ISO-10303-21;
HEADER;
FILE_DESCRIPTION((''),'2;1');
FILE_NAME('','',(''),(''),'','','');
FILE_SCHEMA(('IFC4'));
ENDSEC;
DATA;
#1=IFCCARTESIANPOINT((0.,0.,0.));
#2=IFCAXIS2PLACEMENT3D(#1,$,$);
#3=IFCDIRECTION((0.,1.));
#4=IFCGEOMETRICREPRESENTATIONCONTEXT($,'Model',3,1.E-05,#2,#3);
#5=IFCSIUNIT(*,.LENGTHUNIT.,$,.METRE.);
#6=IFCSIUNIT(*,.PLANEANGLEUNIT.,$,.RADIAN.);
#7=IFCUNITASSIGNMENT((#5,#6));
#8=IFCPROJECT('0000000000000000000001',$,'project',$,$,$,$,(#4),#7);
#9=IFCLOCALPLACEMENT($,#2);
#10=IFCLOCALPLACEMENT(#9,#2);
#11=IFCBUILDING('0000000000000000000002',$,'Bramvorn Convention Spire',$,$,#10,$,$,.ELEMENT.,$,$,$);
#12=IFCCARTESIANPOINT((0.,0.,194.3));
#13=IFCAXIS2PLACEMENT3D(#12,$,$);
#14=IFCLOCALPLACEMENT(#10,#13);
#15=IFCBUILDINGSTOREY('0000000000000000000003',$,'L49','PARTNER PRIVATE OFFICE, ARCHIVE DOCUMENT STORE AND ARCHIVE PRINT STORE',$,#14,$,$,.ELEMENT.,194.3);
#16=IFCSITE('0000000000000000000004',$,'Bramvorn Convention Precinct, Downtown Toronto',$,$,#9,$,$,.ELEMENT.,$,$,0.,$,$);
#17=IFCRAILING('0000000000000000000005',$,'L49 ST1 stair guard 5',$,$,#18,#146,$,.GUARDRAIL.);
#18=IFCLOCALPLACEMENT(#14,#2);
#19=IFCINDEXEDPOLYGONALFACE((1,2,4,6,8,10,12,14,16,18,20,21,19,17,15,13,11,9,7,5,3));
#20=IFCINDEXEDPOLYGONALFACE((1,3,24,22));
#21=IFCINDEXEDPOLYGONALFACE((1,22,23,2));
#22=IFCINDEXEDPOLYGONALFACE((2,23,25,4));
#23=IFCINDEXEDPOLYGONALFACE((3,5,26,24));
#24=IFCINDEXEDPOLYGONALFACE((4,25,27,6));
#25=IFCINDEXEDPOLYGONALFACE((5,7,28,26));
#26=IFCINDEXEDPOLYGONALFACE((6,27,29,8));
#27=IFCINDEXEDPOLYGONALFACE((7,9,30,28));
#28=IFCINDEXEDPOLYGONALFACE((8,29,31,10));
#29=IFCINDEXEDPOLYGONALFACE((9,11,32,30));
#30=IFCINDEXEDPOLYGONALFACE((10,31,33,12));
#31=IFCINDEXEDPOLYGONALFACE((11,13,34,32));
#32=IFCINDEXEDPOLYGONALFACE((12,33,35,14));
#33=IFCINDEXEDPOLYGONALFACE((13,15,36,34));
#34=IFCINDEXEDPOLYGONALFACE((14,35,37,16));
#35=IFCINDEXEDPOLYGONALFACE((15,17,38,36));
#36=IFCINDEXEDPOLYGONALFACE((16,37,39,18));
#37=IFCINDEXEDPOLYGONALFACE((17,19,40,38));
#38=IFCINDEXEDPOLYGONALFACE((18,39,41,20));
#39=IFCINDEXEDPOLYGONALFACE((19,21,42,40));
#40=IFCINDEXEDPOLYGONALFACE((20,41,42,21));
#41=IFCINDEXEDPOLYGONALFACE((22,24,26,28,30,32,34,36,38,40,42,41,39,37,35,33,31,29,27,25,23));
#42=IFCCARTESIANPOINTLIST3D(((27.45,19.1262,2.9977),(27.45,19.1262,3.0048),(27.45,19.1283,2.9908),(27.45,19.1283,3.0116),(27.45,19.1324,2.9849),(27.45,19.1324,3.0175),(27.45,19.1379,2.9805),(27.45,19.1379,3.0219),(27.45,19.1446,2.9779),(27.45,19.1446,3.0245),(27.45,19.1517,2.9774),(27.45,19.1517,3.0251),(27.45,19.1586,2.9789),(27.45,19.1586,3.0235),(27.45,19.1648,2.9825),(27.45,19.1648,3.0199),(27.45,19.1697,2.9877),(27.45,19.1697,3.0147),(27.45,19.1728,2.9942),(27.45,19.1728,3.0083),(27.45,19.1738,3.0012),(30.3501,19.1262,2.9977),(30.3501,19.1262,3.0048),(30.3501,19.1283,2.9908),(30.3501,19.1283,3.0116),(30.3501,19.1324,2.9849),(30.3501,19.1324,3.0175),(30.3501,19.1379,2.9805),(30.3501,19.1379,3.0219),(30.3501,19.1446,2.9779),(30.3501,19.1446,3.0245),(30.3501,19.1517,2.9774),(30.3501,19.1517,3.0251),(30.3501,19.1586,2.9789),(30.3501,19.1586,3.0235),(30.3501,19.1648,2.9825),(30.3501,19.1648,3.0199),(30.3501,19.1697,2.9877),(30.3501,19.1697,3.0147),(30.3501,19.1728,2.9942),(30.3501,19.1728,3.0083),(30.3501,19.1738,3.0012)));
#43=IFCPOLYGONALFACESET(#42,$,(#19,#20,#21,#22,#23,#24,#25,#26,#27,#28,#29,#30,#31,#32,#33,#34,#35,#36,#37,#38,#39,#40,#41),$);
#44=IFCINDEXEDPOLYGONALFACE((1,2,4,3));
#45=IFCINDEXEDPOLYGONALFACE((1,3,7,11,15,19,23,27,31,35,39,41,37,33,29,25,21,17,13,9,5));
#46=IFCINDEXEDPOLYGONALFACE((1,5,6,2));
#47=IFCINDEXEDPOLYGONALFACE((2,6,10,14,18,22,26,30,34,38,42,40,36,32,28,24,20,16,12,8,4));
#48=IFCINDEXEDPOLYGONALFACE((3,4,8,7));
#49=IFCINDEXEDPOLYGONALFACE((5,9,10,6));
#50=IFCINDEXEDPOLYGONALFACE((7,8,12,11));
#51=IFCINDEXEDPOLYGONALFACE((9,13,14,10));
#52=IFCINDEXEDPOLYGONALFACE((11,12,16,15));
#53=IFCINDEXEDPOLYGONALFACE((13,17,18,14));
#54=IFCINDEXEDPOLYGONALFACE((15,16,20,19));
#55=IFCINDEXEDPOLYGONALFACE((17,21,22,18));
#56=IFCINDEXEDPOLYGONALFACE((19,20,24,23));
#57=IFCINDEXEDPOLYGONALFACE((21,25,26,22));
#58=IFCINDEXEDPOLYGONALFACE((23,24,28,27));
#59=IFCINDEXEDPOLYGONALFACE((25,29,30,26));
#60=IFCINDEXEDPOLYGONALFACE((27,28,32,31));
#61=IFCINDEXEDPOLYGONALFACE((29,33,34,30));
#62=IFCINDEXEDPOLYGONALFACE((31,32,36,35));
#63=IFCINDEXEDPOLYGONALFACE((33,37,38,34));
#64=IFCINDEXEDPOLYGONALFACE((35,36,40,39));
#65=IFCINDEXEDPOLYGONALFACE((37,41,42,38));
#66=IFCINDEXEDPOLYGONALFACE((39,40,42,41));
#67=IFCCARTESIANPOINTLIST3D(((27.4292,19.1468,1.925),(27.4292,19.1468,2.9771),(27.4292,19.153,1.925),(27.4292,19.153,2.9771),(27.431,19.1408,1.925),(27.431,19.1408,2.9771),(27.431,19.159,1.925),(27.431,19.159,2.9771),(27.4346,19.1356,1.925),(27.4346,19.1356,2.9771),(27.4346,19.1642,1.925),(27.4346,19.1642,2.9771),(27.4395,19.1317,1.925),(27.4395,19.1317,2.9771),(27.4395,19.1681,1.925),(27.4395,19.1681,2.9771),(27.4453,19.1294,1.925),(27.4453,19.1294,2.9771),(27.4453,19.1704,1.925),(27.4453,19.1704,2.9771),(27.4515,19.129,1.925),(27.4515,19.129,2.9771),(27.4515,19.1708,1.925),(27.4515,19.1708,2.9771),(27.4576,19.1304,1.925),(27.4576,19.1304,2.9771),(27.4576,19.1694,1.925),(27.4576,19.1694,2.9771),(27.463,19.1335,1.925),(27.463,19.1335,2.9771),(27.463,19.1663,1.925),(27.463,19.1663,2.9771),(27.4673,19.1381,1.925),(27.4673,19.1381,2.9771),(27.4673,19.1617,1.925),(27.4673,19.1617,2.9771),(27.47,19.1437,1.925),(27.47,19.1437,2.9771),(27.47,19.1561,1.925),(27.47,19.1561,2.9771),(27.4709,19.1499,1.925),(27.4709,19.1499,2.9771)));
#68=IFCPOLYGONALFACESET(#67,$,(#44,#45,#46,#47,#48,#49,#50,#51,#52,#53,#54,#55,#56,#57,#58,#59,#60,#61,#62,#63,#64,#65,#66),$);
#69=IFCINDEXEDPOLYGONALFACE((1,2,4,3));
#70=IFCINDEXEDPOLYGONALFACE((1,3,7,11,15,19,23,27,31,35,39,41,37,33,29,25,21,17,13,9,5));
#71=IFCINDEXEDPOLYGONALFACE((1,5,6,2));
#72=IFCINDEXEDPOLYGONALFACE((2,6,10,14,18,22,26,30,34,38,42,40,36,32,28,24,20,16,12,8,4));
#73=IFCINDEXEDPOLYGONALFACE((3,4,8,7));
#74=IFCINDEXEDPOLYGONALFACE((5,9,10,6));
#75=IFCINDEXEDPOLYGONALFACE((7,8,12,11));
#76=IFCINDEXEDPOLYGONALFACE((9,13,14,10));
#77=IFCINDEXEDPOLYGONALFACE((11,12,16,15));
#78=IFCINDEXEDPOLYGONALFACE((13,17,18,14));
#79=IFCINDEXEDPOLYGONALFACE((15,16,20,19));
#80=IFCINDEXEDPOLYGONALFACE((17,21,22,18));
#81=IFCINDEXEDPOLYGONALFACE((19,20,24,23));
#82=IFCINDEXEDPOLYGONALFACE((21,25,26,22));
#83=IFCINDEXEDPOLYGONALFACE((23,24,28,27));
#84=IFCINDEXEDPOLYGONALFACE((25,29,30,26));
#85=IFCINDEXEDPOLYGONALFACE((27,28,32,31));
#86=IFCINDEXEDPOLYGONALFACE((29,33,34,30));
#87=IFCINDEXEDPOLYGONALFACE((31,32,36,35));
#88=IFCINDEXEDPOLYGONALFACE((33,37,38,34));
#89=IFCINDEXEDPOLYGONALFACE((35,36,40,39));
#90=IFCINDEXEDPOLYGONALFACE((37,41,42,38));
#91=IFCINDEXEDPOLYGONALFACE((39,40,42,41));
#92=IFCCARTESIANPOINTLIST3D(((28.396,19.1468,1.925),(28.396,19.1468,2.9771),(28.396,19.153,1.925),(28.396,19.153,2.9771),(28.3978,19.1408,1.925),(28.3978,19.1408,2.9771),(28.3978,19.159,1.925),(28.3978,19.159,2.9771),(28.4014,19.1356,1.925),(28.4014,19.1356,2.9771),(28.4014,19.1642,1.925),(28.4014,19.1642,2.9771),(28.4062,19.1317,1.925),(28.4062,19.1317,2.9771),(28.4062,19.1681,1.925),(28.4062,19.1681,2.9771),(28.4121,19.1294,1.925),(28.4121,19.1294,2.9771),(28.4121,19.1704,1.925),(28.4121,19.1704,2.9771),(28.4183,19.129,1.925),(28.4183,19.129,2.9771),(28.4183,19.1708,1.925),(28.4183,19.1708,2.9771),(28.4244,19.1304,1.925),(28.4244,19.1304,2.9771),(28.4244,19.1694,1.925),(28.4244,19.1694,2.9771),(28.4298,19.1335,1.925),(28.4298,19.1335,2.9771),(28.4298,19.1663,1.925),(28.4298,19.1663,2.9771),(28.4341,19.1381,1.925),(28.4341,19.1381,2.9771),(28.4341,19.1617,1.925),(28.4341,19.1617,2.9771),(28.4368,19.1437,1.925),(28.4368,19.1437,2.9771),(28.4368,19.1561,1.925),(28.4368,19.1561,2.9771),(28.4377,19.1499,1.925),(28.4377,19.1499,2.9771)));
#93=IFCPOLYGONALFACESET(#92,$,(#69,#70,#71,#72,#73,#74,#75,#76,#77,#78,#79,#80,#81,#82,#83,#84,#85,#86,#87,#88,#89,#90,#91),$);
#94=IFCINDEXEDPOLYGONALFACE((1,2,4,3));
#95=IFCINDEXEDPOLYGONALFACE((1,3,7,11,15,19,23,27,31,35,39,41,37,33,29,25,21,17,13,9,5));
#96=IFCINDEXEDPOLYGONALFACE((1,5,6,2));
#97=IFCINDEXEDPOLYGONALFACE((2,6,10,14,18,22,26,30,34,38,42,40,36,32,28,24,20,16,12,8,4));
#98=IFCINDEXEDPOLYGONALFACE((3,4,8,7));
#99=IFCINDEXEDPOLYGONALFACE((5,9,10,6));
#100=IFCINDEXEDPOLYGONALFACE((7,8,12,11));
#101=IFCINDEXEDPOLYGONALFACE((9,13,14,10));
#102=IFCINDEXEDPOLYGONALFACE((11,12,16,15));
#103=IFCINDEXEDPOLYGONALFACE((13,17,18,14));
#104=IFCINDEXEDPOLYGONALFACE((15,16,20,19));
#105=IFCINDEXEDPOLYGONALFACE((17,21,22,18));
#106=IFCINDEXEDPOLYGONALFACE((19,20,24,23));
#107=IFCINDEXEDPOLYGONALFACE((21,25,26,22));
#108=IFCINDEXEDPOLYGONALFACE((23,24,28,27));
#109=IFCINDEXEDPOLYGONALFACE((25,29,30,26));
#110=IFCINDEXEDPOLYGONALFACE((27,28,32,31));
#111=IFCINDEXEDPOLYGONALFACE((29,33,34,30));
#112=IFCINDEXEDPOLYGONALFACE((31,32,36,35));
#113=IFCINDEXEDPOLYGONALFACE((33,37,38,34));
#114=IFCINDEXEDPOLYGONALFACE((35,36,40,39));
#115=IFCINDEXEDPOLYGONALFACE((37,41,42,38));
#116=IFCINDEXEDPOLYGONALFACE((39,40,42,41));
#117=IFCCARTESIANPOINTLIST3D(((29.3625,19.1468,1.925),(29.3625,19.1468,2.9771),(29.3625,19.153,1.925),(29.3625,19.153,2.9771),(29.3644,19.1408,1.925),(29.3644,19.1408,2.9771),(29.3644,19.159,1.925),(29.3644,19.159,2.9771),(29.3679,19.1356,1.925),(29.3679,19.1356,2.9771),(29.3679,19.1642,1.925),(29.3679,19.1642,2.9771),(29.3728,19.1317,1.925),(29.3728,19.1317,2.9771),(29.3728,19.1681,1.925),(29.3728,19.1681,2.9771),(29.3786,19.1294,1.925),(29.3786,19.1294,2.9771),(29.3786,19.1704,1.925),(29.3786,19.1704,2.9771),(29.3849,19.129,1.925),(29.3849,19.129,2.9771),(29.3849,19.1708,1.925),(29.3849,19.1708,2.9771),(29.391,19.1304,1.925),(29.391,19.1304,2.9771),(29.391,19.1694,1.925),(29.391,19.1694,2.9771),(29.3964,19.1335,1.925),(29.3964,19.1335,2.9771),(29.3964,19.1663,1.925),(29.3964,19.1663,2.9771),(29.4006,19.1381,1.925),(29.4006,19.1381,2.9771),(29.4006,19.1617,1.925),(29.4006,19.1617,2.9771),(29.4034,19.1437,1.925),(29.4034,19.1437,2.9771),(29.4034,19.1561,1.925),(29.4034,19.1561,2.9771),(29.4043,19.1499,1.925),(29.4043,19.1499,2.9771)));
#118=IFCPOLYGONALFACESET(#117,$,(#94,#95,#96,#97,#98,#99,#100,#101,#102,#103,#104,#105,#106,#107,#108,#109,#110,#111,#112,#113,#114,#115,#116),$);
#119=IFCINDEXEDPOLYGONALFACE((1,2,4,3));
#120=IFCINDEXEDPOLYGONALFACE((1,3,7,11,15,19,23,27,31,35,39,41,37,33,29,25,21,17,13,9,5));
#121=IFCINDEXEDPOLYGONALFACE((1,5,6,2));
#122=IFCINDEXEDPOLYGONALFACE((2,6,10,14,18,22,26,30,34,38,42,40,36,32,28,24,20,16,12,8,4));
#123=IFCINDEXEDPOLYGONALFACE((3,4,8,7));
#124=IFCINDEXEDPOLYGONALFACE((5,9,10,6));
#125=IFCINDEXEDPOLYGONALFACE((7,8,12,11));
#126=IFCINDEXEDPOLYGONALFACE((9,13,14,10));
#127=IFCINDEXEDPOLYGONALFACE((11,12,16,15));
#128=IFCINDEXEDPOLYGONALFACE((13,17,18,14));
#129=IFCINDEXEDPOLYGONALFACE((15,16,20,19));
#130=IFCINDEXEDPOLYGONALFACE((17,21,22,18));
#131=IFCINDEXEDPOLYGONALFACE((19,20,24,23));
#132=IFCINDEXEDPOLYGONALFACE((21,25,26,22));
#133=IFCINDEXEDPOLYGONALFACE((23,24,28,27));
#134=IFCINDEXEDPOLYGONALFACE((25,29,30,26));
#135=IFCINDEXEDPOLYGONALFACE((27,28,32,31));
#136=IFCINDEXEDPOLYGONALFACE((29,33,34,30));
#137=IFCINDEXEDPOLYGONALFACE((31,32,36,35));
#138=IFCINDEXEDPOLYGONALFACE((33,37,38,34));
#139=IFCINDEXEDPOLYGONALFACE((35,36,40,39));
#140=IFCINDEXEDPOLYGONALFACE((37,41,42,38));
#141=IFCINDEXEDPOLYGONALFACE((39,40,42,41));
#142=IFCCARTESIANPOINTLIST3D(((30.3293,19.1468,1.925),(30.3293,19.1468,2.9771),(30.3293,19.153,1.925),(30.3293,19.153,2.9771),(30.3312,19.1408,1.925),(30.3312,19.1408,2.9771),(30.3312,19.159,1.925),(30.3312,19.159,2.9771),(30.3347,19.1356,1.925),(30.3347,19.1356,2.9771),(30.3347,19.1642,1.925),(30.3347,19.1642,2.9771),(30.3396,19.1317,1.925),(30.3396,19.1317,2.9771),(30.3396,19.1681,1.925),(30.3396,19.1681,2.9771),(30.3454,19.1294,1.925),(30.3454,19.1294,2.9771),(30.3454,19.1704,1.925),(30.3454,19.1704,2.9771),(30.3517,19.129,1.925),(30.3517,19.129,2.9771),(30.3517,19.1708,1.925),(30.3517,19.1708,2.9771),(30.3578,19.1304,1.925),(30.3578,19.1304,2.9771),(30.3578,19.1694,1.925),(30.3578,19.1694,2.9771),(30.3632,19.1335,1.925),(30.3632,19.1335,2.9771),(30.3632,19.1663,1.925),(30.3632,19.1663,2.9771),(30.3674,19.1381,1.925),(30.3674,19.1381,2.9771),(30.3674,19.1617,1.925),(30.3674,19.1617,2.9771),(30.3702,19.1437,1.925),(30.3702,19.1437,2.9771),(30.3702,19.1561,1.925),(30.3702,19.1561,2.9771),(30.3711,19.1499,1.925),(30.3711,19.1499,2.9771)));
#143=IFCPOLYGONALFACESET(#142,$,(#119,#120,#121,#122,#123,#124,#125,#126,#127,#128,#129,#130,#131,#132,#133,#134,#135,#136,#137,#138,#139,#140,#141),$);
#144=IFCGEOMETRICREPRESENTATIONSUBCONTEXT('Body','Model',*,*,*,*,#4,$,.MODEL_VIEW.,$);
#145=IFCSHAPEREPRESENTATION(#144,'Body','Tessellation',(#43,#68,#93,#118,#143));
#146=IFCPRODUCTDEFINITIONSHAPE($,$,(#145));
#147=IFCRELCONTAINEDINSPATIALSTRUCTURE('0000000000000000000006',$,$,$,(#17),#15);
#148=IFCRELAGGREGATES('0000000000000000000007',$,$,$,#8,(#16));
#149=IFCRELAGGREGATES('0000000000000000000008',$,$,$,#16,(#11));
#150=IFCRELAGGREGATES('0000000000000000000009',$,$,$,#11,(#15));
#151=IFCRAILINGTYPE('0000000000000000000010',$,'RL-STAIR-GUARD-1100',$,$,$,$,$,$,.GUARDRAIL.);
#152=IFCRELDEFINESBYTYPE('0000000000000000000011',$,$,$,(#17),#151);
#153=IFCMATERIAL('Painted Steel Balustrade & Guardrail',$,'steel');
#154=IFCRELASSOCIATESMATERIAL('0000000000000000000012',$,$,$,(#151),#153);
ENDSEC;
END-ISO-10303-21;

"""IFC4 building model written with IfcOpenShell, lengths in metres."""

from ifc_helpers import new_model, si_unit, direction, frame, origin, origin_2d, place, context, subcontext, project, spatial, circle, extrude, material, type_object, element, save


model = new_model("IFC4")

# Units and contexts
model_context = context("Model", 3, precision=1e-05, world=origin(), true_north=direction((0.0, 1.0)))
body_context = subcontext(model_context, "Body", "Model", "MODEL_VIEW")
ifc_project = project(units=[si_unit("LENGTHUNIT", "METRE"), si_unit("PLANEANGLEUNIT", "RADIAN")], contexts=[model_context])

# Site, building, storey
site_placement = place(None, origin())
site = spatial("IfcSite", under=ifc_project, at=site_placement, Name="Bramvorn Convention Precinct, Downtown Toronto", CompositionType="ELEMENT", RefElevation=0.0)
building_placement = place(site_placement, origin())
building = spatial("IfcBuilding", under=site, at=building_placement, Name="Bramvorn Convention Spire", CompositionType="ELEMENT")
storey_placement = place(building_placement, frame((0.0, 0.0, 194.3)))
storey = spatial("IfcBuildingStorey", under=building, at=storey_placement, Name="L49", Description="PARTNER PRIVATE OFFICE, ARCHIVE DOCUMENT STORE AND ARCHIVE PRINT STORE", CompositionType="ELEMENT", Elevation=194.3)

# Railing
ifc_material_1 = material(Name="Painted Steel Balustrade & Guardrail", Category="steel")
railing_type_1 = type_object("IfcRailingType", Name="RL-STAIR-GUARD-1100", PredefinedType="GUARDRAIL", material=ifc_material_1)
railing_1_placement = place(storey_placement, frame((27.45, 19.1499, 1.925)))
element("IfcRailing", 1, at=railing_1_placement, inside=storey, type_object=railing_type_1, Name="L49 ST1 stair guard 5", PredefinedType="GUARDRAIL", context=body_context, shape_type="SweptSolid", body=[
    extrude(circle(Radius=0.0239, at=origin_2d()), frame((0.0, 0.0, 1.0762), z_axis=(1.0, 0.0, 0.0), x_axis=(0.0, 1.0, 0.0)), (0.0, 0.0, 1.0), 2.9001),
    extrude(circle(Radius=0.021, at=origin_2d()), origin(), (0.0, 0.0, 1.0), 1.052),
    extrude(circle(Radius=0.021, at=origin_2d()), frame((0.9668, 0.0, 0.0)), (0.0, 0.0, 1.0), 1.052),
    extrude(circle(Radius=0.021, at=origin_2d()), frame((1.9333, 0.0, 0.0)), (0.0, 0.0, 1.0), 1.052),
    extrude(circle(Radius=0.021, at=origin_2d()), frame((2.9001, 0.0, 0.0)), (0.0, 0.0, 1.0), 1.052),
])

save(model, "model.ifc")
